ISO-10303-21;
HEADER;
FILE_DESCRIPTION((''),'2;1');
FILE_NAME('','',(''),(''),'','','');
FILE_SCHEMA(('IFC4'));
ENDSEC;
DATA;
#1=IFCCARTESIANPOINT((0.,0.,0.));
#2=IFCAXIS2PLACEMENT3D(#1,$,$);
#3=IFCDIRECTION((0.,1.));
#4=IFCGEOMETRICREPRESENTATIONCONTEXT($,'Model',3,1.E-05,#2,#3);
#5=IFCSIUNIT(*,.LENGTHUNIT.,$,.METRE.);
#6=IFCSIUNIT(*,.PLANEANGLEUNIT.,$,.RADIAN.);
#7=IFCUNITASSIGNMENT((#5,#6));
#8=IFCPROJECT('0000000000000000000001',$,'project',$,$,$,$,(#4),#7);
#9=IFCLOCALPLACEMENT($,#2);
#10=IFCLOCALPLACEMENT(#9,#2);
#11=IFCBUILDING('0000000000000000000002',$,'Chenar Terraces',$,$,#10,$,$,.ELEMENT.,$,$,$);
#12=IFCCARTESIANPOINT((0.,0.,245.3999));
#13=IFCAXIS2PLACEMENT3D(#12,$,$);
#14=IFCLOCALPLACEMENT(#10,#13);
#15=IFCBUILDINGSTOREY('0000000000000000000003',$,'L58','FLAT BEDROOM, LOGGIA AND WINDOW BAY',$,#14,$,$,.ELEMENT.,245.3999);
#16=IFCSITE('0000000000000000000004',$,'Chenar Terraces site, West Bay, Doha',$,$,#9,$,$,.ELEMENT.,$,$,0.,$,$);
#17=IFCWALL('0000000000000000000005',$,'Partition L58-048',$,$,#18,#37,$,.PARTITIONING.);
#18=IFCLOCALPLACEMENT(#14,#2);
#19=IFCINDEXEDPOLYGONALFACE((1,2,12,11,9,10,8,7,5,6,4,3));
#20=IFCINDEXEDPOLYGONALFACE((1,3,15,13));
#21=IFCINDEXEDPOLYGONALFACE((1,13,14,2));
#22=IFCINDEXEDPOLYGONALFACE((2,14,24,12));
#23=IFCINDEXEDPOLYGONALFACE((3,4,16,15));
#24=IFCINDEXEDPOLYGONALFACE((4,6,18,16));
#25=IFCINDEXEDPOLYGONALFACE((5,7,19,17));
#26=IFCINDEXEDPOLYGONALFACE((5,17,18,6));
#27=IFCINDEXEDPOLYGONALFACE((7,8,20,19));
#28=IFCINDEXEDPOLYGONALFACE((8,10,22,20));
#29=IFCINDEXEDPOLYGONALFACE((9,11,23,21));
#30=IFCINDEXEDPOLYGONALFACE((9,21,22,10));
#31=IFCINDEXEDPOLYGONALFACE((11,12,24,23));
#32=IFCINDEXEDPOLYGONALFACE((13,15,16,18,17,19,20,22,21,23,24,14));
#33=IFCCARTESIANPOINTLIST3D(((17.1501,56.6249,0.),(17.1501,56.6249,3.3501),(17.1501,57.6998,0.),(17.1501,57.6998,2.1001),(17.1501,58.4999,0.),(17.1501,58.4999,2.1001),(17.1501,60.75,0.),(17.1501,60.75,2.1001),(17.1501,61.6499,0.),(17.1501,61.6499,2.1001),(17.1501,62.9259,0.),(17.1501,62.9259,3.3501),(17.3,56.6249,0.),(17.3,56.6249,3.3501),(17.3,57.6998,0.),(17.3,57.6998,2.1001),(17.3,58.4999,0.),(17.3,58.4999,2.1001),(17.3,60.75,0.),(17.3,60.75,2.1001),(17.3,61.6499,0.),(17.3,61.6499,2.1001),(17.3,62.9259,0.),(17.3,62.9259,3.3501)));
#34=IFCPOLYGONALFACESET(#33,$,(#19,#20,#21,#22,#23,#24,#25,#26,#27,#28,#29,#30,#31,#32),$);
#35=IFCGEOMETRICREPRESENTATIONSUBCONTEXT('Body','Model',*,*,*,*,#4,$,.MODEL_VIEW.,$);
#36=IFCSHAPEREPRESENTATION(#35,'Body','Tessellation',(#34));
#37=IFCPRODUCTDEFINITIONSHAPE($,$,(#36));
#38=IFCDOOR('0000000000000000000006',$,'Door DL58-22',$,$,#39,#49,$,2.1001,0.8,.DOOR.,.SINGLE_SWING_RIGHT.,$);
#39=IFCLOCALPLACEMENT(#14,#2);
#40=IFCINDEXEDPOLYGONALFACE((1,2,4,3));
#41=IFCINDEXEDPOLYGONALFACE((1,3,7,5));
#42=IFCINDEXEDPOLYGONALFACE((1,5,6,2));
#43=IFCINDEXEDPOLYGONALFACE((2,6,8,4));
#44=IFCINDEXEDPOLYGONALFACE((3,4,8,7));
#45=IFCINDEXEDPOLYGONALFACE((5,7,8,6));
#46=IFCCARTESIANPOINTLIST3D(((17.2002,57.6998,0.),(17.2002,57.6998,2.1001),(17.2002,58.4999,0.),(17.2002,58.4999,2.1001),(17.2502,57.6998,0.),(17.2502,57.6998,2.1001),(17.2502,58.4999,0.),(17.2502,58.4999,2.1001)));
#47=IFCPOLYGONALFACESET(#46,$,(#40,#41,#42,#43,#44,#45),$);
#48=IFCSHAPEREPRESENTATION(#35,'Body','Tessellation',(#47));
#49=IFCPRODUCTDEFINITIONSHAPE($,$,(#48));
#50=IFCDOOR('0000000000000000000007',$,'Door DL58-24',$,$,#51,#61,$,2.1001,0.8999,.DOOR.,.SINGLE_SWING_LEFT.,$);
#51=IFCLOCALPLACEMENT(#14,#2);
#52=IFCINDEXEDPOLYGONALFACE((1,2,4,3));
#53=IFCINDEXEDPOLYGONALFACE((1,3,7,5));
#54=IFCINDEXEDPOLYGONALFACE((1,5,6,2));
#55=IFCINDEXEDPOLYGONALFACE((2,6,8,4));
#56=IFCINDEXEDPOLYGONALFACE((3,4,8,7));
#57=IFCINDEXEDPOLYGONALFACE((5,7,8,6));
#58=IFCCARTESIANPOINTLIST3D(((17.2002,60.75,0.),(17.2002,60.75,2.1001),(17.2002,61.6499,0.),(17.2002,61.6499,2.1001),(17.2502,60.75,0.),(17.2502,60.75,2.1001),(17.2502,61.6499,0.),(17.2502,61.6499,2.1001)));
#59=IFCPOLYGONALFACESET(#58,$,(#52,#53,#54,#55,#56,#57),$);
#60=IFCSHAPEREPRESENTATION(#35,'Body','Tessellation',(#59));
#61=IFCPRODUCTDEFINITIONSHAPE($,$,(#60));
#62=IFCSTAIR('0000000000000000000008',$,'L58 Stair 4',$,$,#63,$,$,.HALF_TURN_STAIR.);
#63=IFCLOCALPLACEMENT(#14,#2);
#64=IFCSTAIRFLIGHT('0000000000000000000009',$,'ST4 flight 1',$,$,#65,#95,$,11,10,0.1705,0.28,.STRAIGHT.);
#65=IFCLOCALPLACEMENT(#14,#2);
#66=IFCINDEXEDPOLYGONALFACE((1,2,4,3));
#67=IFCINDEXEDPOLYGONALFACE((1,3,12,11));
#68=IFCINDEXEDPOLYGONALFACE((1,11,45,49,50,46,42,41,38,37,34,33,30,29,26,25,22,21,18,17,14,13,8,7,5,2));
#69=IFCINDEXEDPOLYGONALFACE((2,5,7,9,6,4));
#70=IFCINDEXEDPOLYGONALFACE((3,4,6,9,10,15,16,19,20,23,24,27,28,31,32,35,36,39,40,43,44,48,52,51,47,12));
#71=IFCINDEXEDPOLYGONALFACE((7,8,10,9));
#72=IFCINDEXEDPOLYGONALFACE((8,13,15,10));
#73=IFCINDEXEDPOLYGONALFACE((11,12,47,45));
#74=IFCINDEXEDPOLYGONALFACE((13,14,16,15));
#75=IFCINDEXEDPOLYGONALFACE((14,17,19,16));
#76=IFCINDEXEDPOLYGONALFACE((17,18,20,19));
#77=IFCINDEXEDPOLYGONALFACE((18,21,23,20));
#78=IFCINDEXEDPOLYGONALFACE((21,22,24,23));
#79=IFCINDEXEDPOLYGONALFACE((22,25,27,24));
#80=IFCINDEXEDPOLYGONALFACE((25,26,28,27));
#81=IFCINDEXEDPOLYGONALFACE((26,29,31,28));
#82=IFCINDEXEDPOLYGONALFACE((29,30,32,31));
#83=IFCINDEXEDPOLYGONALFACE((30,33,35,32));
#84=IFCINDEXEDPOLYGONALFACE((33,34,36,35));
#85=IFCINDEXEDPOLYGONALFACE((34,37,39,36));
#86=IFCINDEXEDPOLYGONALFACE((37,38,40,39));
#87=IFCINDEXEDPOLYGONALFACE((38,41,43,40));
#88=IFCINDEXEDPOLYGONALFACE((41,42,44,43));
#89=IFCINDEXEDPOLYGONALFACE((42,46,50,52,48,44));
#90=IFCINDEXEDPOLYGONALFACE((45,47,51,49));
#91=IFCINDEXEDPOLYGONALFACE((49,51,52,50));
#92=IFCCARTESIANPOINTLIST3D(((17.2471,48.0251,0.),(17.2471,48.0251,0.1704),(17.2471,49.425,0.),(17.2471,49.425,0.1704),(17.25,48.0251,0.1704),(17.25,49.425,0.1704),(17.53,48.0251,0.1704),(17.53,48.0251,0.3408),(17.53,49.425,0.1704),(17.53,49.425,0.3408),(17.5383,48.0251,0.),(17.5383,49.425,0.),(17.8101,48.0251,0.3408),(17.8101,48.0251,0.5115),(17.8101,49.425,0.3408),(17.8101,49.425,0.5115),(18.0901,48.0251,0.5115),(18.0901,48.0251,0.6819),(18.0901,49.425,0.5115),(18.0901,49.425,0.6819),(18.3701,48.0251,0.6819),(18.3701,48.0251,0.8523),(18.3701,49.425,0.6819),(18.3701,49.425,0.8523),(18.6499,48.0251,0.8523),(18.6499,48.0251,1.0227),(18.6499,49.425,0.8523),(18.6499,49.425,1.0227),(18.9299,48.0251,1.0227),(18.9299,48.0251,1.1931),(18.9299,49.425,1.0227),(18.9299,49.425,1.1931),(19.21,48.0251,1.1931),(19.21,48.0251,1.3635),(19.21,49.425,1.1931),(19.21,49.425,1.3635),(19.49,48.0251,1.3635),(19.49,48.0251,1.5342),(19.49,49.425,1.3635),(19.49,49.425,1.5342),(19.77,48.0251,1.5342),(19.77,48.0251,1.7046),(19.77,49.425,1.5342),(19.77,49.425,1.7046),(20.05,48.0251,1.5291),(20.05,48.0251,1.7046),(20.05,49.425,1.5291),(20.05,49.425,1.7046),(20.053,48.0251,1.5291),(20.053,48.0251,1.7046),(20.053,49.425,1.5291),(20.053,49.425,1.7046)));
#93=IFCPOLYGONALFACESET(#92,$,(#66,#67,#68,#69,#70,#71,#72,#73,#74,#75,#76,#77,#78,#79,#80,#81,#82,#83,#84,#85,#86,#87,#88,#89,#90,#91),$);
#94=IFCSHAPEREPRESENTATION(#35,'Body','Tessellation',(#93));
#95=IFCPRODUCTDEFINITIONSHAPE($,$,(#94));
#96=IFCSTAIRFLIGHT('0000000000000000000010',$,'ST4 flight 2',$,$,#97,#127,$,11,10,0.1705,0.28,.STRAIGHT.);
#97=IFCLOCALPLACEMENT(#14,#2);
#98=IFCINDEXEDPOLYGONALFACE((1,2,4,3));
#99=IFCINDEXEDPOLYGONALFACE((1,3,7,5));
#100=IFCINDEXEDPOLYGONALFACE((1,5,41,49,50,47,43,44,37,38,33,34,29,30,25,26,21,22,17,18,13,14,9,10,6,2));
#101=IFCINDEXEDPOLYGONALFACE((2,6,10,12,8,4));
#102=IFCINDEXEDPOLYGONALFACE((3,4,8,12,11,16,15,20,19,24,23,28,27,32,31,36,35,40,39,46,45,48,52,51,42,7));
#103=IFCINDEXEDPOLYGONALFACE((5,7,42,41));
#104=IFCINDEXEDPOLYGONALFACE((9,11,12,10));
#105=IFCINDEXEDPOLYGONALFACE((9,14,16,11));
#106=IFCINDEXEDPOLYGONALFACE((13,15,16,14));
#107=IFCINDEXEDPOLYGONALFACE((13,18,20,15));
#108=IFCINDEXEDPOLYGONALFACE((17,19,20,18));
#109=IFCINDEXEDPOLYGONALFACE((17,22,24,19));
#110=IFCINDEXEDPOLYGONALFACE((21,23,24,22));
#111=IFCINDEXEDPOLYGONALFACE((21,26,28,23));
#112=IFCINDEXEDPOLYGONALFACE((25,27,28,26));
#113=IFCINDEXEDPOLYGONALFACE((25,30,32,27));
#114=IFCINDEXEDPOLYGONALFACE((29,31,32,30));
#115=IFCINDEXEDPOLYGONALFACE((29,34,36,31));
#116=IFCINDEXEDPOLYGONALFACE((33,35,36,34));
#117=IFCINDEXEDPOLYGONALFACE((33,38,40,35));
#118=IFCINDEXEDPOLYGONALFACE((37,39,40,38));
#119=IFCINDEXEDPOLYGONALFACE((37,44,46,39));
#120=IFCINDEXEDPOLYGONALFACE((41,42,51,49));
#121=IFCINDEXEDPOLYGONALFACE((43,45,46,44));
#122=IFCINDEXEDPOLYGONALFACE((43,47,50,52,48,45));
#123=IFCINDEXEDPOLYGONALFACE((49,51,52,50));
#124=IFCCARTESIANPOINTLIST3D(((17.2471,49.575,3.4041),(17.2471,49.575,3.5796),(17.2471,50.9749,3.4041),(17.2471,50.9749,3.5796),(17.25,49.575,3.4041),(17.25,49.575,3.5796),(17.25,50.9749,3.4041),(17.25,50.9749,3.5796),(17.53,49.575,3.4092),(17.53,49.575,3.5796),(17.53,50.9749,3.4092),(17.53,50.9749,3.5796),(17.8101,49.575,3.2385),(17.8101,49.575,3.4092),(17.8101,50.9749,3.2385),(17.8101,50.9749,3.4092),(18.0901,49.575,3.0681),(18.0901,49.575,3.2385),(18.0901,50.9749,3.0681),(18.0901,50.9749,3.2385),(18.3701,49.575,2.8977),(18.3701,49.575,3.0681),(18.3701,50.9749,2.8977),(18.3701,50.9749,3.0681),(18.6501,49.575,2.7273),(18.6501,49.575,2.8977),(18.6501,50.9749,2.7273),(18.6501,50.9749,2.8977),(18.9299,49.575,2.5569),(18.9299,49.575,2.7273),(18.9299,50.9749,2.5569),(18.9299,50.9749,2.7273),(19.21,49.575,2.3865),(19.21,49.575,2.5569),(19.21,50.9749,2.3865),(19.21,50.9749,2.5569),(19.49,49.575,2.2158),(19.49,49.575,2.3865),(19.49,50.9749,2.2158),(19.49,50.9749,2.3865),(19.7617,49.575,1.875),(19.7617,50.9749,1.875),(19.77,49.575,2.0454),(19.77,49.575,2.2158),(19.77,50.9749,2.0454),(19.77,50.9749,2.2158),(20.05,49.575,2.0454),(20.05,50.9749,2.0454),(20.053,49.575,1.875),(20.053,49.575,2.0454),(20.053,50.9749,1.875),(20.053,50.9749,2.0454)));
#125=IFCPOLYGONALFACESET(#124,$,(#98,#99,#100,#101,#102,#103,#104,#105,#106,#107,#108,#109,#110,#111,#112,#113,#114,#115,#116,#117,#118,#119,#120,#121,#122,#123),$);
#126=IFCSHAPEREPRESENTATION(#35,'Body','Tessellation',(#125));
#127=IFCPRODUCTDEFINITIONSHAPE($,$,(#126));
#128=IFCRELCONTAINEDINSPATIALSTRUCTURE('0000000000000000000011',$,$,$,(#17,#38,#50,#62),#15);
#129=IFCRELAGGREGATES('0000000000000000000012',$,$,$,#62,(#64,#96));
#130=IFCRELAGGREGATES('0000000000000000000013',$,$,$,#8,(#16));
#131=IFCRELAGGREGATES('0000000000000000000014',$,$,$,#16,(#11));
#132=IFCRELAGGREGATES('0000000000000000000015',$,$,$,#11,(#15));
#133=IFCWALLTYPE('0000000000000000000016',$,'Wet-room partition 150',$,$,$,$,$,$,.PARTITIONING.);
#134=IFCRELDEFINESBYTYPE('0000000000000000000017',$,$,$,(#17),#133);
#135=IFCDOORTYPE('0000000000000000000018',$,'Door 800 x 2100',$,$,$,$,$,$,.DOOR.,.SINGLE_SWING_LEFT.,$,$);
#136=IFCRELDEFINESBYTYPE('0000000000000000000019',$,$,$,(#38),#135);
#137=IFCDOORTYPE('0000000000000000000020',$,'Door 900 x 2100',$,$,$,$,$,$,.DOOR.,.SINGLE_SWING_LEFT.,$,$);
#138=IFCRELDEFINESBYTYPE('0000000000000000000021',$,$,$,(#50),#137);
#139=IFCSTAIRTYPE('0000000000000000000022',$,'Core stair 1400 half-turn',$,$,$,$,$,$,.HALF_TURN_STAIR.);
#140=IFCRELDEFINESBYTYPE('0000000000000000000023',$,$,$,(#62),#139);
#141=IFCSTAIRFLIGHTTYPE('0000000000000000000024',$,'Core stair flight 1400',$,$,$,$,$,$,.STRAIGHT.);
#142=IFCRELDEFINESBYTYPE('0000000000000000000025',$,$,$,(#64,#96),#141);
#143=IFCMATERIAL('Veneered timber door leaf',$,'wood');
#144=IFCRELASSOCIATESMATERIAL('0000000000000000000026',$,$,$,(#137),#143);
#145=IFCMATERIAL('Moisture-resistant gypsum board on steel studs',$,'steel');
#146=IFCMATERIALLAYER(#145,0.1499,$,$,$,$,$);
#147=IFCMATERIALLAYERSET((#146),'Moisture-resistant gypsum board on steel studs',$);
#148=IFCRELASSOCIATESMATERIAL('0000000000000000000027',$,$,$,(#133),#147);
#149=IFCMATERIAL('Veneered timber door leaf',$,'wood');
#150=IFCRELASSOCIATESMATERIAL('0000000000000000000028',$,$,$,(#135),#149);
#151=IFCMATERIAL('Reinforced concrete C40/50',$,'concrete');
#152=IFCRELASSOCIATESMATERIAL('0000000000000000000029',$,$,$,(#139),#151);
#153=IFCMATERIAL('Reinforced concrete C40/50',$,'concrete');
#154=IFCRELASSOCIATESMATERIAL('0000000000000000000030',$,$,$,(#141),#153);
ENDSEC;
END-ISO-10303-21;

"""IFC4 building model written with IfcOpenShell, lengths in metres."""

from ifc_helpers import new_model, si_unit, direction, frame, frame_2d, origin, place, context, subcontext, project, spatial, polyline, rectangle, outline, extrude, material, layer, layer_set, type_object, element, fill, aggregate, save


model = new_model("IFC4")

# Units and contexts
model_context = context("Model", 3, precision=1e-05, world=origin(), true_north=direction((0.0, 1.0)))
body_context = subcontext(model_context, "Body", "Model", "MODEL_VIEW")
ifc_project = project(units=[si_unit("LENGTHUNIT", "METRE"), si_unit("PLANEANGLEUNIT", "RADIAN")], contexts=[model_context])

# Site, building, storey
site_placement = place(None, origin())
site = spatial("IfcSite", under=ifc_project, at=site_placement, Name="Chenar Terraces site, West Bay, Doha", CompositionType="ELEMENT", RefElevation=0.0)
building_placement = place(site_placement, origin())
building = spatial("IfcBuilding", under=site, at=building_placement, Name="Chenar Terraces", CompositionType="ELEMENT")
storey_placement = place(building_placement, frame((0.0, 0.0, 245.3999)))
storey = spatial("IfcBuildingStorey", under=building, at=storey_placement, Name="L58", Description="FLAT BEDROOM, LOGGIA AND WINDOW BAY", CompositionType="ELEMENT", Elevation=245.3999)

# Shared definitions
ifc_material_1 = material(Name="Veneered timber door leaf", Category="wood")
door_type_1 = type_object("IfcDoorType", Name="Door 900 x 2100", OperationType="SINGLE_SWING_LEFT", PredefinedType="DOOR", material=ifc_material_1)

# Shared definitions
ifc_material_2 = material(Name="Moisture-resistant gypsum board on steel studs", Category="steel")
ifc_layer_1 = layer(ifc_material_2, 0.1499)
ifc_layer_set_1 = layer_set([ifc_layer_1], Name="Moisture-resistant gypsum board on steel studs")
wall_type_1 = type_object("IfcWallType", Name="Wet-room partition 150", PredefinedType="PARTITIONING", material=ifc_layer_set_1)

# Wall, openings, doors
wall_1_placement = place(storey_placement, frame((17.2251, 56.625, 0.0), z_axis=(0.0, 0.0, 1.0), x_axis=(0.0, 1.0, 0.0)))
wall_1 = element("IfcWall", 1, at=wall_1_placement, inside=storey, type_object=wall_type_1, Name="Partition L58-048", PredefinedType="PARTITIONING", context=body_context, shape_type="SweptSolid", body=[
    extrude(rectangle(XDim=6.301, YDim=0.1499, at=frame_2d((3.1504, 0.0))), origin(), (0.0, 0.0, 1.0), 3.3501),
])
opening_1_placement = place(wall_1_placement, frame((1.075, 0.0, 0.0)))
opening_1 = element("IfcOpeningElement", 2, at=opening_1_placement, cuts=wall_1, PredefinedType="OPENING", context=body_context, shape_type="SweptSolid", body=[
    extrude(rectangle(XDim=0.8, YDim=2.1001, at=frame_2d((0.3999, 1.05))), frame((0.0, 0.085, 0.0), z_axis=(0.0, -1.0, 0.0), x_axis=(1.0, 0.0, 0.0)), (0.0, 0.0, 1.0), 0.1699),
])
opening_2_placement = place(wall_1_placement, frame((4.125, 0.0, 0.0)))
opening_2 = element("IfcOpeningElement", 3, at=opening_2_placement, cuts=wall_1, PredefinedType="OPENING", context=body_context, shape_type="SweptSolid", body=[
    extrude(rectangle(XDim=0.8999, YDim=2.1001, at=frame_2d((0.45, 1.05))), frame((0.0, 0.085, 0.0), z_axis=(0.0, -1.0, 0.0), x_axis=(1.0, 0.0, 0.0)), (0.0, 0.0, 1.0), 0.1699),
])
ifc_material_3 = material(Name="Veneered timber door leaf", Category="wood")
door_type_2 = type_object("IfcDoorType", Name="Door 800 x 2100", OperationType="SINGLE_SWING_LEFT", PredefinedType="DOOR", material=ifc_material_3)
door_1_placement = place(opening_1_placement, origin())
door_1 = element("IfcDoor", 4, at=door_1_placement, inside=storey, type_object=door_type_2, Name="Door DL58-22", OperationType="SINGLE_SWING_RIGHT", OverallHeight=2.1001, OverallWidth=0.8, PredefinedType="DOOR", context=body_context, shape_type="SweptSolid", body=[
    extrude(rectangle(XDim=0.8, YDim=2.1001, at=frame_2d((0.3999, 1.05))), frame((0.0, 0.0249, 0.0), z_axis=(0.0, -1.0, 0.0), x_axis=(1.0, 0.0, 0.0)), (0.0, 0.0, 1.0), 0.05),
])
fill(opening_1, door_1)
door_2_placement = place(opening_2_placement, origin())
door_2 = element("IfcDoor", 5, at=door_2_placement, inside=storey, type_object=door_type_1, Name="Door DL58-24", OperationType="SINGLE_SWING_LEFT", OverallHeight=2.1001, OverallWidth=0.8999, PredefinedType="DOOR", context=body_context, shape_type="SweptSolid", body=[
    extrude(rectangle(XDim=0.8999, YDim=2.1001, at=frame_2d((0.45, 1.05))), frame((0.0, 0.0249, 0.0), z_axis=(0.0, -1.0, 0.0), x_axis=(1.0, 0.0, 0.0)), (0.0, 0.0, 1.0), 0.05),
])
fill(opening_2, door_2)

# Stair, stair flights
ifc_material_4 = material(Name="Reinforced concrete C40/50", Category="concrete")
stair_type = type_object("IfcStairType", Name="Core stair 1400 half-turn", PredefinedType="HALF_TURN_STAIR", material=ifc_material_4)
stair_placement = place(storey_placement, origin())
stair = element("IfcStair", 6, at=stair_placement, inside=storey, type_object=stair_type, Name="L58 Stair 4", PredefinedType="HALF_TURN_STAIR")
ifc_material_5 = material(Name="Reinforced concrete C40/50", Category="concrete")
stair_flight_type = type_object("IfcStairFlightType", Name="Core stair flight 1400", PredefinedType="STRAIGHT", material=ifc_material_5)
stair_flight_1_placement = place(storey_placement, frame((17.25, 48.7251, 0.0), z_axis=(0.0, 0.0, 1.0), x_axis=(1.0, 0.0, 0.0)))
stair_flight_1 = element("IfcStairFlight", 7, at=stair_flight_1_placement, type_object=stair_flight_type, Name="ST4 flight 1", NumberOfRisers=11, NumberOfTreads=10, PredefinedType="STRAIGHT", RiserHeight=0.1705, TreadLength=0.28, context=body_context, shape_type="SweptSolid", body=[
    extrude(outline(polyline([(-0.0029, 0.0), (-0.0029, 0.1704), (0.0, 0.1704), (0.28, 0.1704), (0.28, 0.3408), (0.5601, 0.3408), (0.5601, 0.5115), (0.8401, 0.5115), (0.8401, 0.6819), (1.1201, 0.6819), (1.1201, 0.8523), (1.3999, 0.8523), (1.3999, 1.0227), (1.6799, 1.0227), (1.6799, 1.1931), (1.96, 1.1931), (1.96, 1.3635), (2.24, 1.3635), (2.24, 1.5342), (2.52, 1.5342), (2.52, 1.7046), (2.8, 1.7046), (2.803, 1.7046), (2.803, 1.5291), (2.8, 1.5291), (0.2883, 0.0), (-0.0029, 0.0)])), frame((0.0, 0.7, 0.0), z_axis=(0.0, -1.0, 0.0), x_axis=(1.0, 0.0, 0.0)), (0.0, 0.0, 1.0), 1.3999),
])
stair_flight_2_placement = place(storey_placement, frame((20.05, 50.2749, 1.875), z_axis=(0.0, 0.0, 1.0), x_axis=(-1.0, 0.0, 0.0)))
stair_flight_2 = element("IfcStairFlight", 8, at=stair_flight_2_placement, type_object=stair_flight_type, Name="ST4 flight 2", NumberOfRisers=11, NumberOfTreads=10, PredefinedType="STRAIGHT", RiserHeight=0.1705, TreadLength=0.28, context=body_context, shape_type="SweptSolid", body=[
    extrude(outline(polyline([(-0.0029, 0.0), (-0.0029, 0.1704), (0.0, 0.1704), (0.28, 0.1704), (0.28, 0.3408), (0.5601, 0.3408), (0.5601, 0.5115), (0.8401, 0.5115), (0.8401, 0.6819), (1.1201, 0.6819), (1.1201, 0.8523), (1.3999, 0.8523), (1.3999, 1.0227), (1.6799, 1.0227), (1.6799, 1.1931), (1.96, 1.1931), (1.96, 1.3635), (2.24, 1.3635), (2.24, 1.5342), (2.52, 1.5342), (2.52, 1.7046), (2.8, 1.7046), (2.803, 1.7046), (2.803, 1.5291), (2.8, 1.5291), (0.2883, 0.0), (-0.0029, 0.0)])), frame((0.0, 0.7, 0.0), z_axis=(0.0, -1.0, 0.0), x_axis=(1.0, 0.0, 0.0)), (0.0, 0.0, 1.0), 1.3999),
])
aggregate(stair, [stair_flight_1, stair_flight_2])

save(model, "model.ifc")
